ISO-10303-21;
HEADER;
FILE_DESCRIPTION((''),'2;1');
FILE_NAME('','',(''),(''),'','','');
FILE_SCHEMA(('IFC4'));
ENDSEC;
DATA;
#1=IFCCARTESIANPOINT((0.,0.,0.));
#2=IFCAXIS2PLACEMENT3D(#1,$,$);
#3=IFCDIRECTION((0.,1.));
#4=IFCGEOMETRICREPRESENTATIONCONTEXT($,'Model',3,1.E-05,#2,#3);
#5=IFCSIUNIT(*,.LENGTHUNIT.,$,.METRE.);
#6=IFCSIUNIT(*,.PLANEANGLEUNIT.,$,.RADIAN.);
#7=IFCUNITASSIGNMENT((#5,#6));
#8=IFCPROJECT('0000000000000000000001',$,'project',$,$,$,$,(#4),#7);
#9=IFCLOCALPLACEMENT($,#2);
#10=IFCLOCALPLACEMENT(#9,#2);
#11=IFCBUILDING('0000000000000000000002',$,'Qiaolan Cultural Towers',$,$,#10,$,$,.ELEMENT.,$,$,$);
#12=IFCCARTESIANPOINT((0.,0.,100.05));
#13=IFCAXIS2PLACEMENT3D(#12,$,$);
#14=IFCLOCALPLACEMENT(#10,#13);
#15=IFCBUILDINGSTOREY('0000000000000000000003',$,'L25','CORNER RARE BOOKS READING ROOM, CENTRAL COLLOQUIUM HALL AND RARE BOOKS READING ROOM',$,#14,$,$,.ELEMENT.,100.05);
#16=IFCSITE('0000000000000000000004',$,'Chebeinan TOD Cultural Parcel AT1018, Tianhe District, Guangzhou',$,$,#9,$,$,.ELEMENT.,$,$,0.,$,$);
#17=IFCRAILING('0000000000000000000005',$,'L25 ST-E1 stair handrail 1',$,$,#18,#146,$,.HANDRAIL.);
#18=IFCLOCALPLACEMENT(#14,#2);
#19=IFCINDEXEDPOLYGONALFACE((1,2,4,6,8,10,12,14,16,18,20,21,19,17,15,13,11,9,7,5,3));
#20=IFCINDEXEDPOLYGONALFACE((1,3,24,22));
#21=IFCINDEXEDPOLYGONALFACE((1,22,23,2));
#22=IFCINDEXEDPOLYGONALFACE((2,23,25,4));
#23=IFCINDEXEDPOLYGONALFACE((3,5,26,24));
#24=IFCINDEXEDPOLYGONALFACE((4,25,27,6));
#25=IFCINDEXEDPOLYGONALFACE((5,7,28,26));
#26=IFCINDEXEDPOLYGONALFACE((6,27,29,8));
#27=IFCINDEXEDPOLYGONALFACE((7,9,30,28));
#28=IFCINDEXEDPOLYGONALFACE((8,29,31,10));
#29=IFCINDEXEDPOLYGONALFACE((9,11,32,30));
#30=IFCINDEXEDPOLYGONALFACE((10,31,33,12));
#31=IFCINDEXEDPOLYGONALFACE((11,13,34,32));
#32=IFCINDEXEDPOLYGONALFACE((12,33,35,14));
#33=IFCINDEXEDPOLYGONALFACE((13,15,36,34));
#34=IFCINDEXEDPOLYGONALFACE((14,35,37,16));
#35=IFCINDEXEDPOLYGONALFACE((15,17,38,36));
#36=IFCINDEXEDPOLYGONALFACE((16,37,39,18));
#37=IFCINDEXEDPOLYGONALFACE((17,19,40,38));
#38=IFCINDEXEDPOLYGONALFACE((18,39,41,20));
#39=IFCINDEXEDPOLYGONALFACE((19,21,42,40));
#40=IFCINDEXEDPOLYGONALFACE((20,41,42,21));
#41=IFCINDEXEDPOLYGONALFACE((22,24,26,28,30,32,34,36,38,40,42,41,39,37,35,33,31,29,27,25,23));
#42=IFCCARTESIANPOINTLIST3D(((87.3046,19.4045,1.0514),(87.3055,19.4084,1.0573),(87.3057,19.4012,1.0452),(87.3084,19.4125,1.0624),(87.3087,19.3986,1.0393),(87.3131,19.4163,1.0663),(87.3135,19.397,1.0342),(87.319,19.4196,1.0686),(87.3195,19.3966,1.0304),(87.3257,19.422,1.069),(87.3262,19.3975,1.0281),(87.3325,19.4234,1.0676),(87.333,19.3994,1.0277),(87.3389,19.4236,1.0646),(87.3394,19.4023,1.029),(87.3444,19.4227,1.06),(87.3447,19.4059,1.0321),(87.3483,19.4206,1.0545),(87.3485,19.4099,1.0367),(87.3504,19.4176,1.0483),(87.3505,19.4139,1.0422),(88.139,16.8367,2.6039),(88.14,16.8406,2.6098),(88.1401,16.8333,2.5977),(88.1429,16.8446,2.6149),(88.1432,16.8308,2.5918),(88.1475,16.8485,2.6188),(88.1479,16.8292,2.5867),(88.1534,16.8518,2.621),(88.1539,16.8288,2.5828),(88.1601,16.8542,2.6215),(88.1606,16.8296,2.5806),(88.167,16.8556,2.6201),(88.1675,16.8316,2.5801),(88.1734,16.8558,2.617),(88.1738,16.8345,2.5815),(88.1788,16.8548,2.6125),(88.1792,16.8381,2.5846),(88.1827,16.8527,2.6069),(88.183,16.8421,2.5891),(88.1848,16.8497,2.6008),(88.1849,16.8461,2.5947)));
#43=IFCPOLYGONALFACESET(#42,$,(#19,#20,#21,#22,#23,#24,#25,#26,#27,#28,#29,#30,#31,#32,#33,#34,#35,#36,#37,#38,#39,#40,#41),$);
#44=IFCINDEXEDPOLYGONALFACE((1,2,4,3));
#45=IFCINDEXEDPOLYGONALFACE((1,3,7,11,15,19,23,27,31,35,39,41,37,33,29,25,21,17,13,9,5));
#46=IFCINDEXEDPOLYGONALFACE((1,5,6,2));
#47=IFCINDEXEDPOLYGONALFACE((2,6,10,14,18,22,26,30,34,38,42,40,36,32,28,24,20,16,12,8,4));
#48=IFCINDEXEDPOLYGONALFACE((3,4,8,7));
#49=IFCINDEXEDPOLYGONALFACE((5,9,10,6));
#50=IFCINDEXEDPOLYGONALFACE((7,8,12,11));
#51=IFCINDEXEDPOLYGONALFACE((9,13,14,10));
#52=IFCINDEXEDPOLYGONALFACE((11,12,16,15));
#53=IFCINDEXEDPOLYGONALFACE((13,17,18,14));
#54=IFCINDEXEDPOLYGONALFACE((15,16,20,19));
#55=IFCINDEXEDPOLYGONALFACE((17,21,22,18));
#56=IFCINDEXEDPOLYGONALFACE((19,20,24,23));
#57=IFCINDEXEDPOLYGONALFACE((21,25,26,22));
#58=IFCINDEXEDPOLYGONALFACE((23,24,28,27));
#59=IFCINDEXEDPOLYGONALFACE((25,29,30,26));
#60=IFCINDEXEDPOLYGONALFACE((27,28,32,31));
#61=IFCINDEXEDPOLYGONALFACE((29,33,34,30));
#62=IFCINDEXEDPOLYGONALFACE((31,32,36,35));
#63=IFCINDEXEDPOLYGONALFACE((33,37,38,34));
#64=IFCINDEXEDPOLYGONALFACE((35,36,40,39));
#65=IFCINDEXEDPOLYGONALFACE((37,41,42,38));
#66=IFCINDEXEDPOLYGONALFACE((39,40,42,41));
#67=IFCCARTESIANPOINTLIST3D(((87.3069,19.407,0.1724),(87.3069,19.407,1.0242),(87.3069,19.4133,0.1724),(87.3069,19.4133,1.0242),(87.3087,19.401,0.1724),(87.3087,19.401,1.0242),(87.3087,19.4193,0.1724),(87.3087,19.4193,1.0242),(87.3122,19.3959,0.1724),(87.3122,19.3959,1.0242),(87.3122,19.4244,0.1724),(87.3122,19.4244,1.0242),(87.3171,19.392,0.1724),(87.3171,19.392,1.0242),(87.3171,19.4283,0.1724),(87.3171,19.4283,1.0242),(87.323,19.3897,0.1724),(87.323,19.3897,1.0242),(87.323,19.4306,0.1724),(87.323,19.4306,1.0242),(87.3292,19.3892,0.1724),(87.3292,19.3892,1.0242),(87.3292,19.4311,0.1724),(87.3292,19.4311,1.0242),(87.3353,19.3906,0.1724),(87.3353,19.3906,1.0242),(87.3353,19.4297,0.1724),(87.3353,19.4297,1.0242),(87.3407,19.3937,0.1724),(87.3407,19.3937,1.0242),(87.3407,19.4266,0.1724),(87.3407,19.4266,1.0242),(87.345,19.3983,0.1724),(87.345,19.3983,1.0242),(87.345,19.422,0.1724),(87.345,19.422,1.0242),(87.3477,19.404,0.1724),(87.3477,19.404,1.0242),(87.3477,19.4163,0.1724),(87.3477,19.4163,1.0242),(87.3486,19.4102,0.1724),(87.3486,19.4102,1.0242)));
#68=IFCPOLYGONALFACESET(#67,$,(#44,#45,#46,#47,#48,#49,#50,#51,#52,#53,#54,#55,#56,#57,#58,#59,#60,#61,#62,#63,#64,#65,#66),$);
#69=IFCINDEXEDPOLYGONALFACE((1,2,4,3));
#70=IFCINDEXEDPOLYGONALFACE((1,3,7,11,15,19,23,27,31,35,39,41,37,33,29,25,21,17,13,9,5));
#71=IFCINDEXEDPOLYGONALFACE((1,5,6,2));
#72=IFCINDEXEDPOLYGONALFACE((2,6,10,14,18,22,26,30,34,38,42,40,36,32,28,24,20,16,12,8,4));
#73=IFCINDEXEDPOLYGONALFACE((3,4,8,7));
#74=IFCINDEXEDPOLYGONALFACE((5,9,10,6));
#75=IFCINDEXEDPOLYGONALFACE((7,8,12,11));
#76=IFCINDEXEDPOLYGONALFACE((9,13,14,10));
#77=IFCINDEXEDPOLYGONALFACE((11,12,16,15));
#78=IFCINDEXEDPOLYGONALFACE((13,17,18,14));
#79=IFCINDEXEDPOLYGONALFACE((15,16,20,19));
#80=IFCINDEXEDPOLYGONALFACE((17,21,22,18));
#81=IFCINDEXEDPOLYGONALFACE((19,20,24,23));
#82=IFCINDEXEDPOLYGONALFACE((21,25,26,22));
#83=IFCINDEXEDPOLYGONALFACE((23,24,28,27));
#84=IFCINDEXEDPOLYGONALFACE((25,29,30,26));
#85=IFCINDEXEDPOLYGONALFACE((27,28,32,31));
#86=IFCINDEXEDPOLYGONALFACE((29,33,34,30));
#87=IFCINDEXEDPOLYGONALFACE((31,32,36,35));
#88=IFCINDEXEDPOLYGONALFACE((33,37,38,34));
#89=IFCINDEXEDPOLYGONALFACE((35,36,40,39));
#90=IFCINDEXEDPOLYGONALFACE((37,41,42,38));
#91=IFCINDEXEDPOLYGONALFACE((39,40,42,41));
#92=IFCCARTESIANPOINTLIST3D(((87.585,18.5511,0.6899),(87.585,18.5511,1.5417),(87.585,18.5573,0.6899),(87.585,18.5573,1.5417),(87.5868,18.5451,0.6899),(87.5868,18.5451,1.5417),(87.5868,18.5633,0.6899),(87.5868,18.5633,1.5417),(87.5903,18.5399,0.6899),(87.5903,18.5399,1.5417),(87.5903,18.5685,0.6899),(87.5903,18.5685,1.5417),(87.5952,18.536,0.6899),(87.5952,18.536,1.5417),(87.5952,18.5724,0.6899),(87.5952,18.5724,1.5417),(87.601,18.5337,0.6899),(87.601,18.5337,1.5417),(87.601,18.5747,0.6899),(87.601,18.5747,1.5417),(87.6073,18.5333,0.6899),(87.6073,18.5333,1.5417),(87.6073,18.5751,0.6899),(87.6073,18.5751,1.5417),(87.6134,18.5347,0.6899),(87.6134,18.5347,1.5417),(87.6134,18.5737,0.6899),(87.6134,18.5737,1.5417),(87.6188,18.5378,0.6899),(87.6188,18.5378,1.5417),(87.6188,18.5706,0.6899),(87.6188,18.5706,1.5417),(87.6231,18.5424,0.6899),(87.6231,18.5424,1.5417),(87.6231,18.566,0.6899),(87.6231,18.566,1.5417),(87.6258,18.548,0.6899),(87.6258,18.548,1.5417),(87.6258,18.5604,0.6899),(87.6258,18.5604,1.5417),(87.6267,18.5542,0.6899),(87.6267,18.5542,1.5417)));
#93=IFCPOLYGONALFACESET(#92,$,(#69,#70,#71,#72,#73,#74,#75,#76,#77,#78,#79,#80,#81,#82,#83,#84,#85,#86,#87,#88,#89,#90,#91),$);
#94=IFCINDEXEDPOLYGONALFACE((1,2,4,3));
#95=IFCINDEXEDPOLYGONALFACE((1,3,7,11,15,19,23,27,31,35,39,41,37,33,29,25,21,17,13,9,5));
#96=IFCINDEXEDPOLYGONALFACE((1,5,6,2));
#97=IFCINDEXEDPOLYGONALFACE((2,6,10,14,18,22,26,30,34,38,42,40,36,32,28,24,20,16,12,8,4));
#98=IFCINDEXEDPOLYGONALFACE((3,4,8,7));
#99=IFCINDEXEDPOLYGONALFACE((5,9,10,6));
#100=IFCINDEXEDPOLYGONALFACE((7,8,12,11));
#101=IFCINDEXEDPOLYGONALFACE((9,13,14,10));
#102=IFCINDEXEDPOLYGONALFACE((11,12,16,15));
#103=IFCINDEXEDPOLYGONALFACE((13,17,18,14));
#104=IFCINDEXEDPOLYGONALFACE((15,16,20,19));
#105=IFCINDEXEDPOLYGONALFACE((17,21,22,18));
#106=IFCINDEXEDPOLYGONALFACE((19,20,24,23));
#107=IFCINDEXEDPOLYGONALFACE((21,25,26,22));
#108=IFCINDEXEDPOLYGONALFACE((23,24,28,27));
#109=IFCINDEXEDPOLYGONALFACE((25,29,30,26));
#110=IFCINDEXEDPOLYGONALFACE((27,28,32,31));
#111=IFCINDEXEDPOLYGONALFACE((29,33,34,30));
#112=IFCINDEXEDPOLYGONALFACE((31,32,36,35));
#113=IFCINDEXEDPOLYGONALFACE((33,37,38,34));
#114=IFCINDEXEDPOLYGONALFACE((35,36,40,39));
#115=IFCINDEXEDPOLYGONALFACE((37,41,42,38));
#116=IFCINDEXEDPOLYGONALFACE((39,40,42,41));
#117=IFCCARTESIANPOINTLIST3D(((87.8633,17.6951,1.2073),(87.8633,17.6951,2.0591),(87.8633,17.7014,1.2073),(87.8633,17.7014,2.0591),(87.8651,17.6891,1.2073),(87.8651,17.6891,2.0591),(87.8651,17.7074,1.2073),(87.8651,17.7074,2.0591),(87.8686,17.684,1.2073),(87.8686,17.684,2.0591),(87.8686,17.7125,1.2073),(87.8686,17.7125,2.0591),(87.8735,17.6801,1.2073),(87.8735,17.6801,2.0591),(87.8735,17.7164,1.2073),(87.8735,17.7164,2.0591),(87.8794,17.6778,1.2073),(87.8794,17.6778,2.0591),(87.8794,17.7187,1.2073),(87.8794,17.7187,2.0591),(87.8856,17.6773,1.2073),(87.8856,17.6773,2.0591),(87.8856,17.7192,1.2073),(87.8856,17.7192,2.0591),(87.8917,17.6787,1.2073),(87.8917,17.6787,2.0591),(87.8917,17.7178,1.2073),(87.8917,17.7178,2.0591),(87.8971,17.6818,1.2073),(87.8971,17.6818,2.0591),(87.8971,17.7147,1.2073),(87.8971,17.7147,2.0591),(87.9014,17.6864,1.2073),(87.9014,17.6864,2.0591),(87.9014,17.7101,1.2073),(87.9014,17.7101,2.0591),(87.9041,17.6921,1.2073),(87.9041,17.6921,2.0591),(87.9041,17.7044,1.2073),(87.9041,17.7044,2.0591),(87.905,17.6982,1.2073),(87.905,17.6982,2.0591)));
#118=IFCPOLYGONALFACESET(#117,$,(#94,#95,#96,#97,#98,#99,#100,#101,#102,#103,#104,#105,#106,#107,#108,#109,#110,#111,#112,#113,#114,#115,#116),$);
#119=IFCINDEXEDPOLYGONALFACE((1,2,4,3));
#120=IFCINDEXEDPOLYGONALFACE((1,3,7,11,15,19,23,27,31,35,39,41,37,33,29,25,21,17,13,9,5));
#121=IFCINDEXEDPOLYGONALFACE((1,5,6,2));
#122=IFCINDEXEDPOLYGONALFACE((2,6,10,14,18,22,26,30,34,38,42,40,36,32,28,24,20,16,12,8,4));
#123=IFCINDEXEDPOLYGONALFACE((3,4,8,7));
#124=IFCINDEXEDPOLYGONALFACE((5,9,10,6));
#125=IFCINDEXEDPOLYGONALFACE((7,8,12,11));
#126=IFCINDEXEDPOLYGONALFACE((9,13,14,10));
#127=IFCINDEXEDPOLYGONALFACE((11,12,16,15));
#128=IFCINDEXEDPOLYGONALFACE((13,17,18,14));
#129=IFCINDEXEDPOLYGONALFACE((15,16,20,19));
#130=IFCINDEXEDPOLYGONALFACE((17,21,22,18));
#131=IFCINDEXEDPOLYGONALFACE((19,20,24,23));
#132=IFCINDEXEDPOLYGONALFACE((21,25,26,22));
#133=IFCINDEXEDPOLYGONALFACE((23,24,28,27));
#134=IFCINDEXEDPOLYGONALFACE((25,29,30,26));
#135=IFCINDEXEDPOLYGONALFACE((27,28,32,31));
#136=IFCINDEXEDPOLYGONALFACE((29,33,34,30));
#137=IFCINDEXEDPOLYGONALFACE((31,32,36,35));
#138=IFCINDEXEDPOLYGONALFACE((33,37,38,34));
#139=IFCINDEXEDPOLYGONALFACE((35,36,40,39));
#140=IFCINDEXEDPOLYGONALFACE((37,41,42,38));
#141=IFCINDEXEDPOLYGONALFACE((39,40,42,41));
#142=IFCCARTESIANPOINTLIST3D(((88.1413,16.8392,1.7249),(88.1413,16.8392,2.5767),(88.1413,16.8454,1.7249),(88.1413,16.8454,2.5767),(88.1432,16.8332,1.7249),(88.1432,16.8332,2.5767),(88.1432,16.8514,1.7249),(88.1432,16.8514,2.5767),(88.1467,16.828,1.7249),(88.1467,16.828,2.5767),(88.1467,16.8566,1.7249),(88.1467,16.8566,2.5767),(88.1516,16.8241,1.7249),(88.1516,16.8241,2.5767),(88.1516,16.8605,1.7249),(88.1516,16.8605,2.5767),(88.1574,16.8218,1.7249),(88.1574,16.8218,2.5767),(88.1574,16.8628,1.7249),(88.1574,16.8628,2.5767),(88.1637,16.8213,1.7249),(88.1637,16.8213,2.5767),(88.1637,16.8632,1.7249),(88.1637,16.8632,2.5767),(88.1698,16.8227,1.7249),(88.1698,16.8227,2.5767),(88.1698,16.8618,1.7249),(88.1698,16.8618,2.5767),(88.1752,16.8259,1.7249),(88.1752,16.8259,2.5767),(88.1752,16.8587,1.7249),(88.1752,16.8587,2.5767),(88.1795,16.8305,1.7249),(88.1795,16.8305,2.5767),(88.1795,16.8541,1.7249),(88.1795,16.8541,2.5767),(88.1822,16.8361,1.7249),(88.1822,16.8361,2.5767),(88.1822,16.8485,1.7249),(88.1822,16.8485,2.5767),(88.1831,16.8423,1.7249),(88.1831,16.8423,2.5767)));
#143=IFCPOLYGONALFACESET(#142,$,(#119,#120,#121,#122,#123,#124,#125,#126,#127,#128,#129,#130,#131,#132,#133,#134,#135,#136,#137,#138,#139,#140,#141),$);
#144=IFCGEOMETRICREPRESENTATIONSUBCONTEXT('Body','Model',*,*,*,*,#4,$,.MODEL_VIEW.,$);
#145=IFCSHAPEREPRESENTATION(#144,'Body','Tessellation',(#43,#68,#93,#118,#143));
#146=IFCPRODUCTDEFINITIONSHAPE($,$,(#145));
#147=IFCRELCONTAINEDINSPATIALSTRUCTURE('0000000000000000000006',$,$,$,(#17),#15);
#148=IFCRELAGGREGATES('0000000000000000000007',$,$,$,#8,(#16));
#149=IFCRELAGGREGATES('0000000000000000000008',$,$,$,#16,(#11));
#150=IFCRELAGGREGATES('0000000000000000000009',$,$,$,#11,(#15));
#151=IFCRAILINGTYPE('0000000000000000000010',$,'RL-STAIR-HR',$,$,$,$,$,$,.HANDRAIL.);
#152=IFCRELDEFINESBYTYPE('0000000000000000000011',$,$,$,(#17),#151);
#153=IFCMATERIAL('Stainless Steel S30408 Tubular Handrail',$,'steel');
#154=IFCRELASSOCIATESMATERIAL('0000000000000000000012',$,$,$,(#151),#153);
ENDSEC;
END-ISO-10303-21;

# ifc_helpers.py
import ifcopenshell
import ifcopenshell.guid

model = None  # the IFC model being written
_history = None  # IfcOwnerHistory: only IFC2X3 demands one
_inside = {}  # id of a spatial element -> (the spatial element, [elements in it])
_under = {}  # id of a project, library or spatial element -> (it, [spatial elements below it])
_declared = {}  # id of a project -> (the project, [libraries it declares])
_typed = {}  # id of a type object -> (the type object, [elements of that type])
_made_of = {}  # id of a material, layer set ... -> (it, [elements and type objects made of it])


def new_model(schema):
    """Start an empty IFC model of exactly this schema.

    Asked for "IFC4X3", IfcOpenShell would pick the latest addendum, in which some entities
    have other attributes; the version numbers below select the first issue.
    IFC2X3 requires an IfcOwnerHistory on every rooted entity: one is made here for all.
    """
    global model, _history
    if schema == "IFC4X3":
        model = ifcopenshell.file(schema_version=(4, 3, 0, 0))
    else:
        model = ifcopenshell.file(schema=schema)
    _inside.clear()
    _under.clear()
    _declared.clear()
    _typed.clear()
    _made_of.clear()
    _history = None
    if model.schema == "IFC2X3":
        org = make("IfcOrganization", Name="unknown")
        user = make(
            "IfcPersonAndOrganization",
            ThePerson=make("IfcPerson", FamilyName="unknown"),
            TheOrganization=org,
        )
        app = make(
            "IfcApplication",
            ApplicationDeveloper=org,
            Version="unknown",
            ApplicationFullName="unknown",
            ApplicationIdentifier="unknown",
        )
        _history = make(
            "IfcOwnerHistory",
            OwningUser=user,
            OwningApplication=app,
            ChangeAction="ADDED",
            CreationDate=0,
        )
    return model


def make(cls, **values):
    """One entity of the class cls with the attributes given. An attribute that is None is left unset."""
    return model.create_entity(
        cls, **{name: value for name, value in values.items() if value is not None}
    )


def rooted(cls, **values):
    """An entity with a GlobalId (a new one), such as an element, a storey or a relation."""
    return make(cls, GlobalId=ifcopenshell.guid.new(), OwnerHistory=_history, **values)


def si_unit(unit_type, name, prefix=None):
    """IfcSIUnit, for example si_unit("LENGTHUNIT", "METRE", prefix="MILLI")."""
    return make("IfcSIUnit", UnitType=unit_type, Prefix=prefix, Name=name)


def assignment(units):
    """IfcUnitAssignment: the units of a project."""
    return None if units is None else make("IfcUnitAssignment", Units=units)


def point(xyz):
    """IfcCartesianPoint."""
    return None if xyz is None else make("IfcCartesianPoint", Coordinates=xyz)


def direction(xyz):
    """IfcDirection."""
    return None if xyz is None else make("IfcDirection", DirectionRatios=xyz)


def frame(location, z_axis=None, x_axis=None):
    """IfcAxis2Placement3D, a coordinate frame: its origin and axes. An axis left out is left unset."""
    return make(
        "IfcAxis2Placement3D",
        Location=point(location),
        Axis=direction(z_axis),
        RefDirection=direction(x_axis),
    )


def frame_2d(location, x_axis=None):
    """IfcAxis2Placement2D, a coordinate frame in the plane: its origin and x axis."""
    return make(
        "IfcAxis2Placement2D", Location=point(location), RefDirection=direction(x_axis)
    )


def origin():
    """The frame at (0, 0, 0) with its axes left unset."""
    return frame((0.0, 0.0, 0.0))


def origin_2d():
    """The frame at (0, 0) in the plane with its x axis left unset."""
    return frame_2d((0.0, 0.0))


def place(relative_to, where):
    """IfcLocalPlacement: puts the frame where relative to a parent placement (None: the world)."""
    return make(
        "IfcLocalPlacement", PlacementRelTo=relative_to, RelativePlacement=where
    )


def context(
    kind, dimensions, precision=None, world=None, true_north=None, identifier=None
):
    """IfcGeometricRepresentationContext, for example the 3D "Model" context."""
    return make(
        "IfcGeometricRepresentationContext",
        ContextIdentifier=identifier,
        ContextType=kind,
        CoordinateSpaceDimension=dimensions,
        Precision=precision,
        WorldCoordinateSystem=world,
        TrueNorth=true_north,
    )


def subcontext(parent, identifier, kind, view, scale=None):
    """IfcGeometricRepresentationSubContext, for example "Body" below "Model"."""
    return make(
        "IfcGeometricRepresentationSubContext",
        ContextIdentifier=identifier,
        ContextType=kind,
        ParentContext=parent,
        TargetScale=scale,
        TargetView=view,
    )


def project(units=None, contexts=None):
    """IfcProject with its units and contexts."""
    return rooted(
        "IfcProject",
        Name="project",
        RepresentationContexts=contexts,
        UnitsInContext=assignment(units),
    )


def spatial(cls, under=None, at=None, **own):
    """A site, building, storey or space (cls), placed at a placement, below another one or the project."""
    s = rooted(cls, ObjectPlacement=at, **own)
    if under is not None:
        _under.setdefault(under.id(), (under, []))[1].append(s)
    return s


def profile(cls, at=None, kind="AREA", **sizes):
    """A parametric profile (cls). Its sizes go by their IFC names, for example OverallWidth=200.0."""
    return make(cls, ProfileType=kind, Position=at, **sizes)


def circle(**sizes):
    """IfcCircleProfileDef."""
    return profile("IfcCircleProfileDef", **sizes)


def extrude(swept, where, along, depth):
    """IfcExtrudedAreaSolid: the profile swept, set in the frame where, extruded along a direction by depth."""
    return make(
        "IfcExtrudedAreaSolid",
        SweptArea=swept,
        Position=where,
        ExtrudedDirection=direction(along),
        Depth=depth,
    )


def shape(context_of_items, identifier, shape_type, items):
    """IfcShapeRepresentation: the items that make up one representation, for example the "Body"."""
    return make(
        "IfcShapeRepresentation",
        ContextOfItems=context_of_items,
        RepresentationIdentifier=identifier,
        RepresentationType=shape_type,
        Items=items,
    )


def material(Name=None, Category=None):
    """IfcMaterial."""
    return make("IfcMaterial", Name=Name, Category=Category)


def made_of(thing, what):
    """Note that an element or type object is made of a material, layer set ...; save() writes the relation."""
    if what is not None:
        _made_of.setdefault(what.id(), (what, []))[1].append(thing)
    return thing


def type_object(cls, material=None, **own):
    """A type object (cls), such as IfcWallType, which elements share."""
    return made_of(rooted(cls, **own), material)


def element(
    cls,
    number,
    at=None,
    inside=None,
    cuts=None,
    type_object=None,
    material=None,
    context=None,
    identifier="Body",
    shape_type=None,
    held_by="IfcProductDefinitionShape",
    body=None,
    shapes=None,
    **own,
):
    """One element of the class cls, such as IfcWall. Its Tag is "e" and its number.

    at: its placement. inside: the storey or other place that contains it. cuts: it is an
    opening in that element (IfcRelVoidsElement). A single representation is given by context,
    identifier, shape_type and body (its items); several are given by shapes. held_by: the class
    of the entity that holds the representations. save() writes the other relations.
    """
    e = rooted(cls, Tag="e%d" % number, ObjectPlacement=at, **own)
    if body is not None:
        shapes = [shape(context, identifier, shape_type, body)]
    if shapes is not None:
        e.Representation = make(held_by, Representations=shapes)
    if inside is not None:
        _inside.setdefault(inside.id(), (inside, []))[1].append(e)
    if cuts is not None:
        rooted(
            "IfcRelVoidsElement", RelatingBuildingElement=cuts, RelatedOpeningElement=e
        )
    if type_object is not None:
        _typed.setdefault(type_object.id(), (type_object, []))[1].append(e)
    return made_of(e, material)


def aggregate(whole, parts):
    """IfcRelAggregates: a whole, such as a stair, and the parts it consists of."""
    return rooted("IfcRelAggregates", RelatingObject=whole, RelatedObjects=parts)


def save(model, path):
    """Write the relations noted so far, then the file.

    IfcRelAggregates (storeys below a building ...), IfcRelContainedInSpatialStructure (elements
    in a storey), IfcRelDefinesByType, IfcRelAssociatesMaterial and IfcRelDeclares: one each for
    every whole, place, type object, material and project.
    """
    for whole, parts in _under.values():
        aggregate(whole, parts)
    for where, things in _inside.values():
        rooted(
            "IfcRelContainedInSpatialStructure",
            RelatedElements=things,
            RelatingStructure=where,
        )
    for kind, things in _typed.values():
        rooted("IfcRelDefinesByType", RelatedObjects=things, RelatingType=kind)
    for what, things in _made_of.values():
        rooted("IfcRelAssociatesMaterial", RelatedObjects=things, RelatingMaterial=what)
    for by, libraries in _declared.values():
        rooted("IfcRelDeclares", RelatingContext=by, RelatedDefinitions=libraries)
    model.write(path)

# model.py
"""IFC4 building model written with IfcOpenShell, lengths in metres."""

from ifc_helpers import new_model, si_unit, direction, frame, origin, origin_2d, place, context, subcontext, project, spatial, circle, extrude, material, type_object, element, save


model = new_model("IFC4")

# Units and contexts
model_context = context("Model", 3, precision=1e-05, world=origin(), true_north=direction((0.0, 1.0)))
body_context = subcontext(model_context, "Body", "Model", "MODEL_VIEW")
ifc_project = project(units=[si_unit("LENGTHUNIT", "METRE"), si_unit("PLANEANGLEUNIT", "RADIAN")], contexts=[model_context])

# Site, building, storey
site_placement = place(None, origin())
site = spatial("IfcSite", under=ifc_project, at=site_placement, Name="Chebeinan TOD Cultural Parcel AT1018, Tianhe District, Guangzhou", CompositionType="ELEMENT", RefElevation=0.0)
building_placement = place(site_placement, origin())
building = spatial("IfcBuilding", under=site, at=building_placement, Name="Qiaolan Cultural Towers", CompositionType="ELEMENT")
storey_placement = place(building_placement, frame((0.0, 0.0, 100.05)))
storey = spatial("IfcBuildingStorey", under=building, at=storey_placement, Name="L25", Description="CORNER RARE BOOKS READING ROOM, CENTRAL COLLOQUIUM HALL AND RARE BOOKS READING ROOM", CompositionType="ELEMENT", Elevation=100.05)

# Railing
ifc_material_1 = material(Name="Stainless Steel S30408 Tubular Handrail", Category="steel")
railing_type_1 = type_object("IfcRailingType", Name="RL-STAIR-HR", PredefinedType="HANDRAIL", material=ifc_material_1)
railing_1_placement = place(storey_placement, frame((87.3276, 19.4102, 0.1724)))
element("IfcRailing", 1, at=railing_1_placement, inside=storey, type_object=railing_type_1, Name="L25 ST-E1 stair handrail 1", PredefinedType="HANDRAIL", context=body_context, shape_type="SweptSolid", body=[
    extrude(circle(Radius=0.0239, at=origin_2d()), frame((0.0, 0.0, 0.876), z_axis=(0.267926, -0.824471, 0.498461), x_axis=(0.951043, 0.309057, 0.0)), (0.0, 0.0, 1.0), 3.1145),
    extrude(circle(Radius=0.021, at=origin_2d()), origin(), (0.0, 0.0, 1.0), 0.8518),
    extrude(circle(Radius=0.021, at=origin_2d()), frame((0.2781, -0.856, 0.5176)), (0.0, 0.0, 1.0), 0.8518),
    extrude(circle(Radius=0.021, at=origin_2d()), frame((0.5564, -1.7119, 1.0349)), (0.0, 0.0, 1.0), 0.8518),
    extrude(circle(Radius=0.021, at=origin_2d()), frame((0.8345, -2.5679, 1.5525)), (0.0, 0.0, 1.0), 0.8518),
])

save(model, "model.ifc")
